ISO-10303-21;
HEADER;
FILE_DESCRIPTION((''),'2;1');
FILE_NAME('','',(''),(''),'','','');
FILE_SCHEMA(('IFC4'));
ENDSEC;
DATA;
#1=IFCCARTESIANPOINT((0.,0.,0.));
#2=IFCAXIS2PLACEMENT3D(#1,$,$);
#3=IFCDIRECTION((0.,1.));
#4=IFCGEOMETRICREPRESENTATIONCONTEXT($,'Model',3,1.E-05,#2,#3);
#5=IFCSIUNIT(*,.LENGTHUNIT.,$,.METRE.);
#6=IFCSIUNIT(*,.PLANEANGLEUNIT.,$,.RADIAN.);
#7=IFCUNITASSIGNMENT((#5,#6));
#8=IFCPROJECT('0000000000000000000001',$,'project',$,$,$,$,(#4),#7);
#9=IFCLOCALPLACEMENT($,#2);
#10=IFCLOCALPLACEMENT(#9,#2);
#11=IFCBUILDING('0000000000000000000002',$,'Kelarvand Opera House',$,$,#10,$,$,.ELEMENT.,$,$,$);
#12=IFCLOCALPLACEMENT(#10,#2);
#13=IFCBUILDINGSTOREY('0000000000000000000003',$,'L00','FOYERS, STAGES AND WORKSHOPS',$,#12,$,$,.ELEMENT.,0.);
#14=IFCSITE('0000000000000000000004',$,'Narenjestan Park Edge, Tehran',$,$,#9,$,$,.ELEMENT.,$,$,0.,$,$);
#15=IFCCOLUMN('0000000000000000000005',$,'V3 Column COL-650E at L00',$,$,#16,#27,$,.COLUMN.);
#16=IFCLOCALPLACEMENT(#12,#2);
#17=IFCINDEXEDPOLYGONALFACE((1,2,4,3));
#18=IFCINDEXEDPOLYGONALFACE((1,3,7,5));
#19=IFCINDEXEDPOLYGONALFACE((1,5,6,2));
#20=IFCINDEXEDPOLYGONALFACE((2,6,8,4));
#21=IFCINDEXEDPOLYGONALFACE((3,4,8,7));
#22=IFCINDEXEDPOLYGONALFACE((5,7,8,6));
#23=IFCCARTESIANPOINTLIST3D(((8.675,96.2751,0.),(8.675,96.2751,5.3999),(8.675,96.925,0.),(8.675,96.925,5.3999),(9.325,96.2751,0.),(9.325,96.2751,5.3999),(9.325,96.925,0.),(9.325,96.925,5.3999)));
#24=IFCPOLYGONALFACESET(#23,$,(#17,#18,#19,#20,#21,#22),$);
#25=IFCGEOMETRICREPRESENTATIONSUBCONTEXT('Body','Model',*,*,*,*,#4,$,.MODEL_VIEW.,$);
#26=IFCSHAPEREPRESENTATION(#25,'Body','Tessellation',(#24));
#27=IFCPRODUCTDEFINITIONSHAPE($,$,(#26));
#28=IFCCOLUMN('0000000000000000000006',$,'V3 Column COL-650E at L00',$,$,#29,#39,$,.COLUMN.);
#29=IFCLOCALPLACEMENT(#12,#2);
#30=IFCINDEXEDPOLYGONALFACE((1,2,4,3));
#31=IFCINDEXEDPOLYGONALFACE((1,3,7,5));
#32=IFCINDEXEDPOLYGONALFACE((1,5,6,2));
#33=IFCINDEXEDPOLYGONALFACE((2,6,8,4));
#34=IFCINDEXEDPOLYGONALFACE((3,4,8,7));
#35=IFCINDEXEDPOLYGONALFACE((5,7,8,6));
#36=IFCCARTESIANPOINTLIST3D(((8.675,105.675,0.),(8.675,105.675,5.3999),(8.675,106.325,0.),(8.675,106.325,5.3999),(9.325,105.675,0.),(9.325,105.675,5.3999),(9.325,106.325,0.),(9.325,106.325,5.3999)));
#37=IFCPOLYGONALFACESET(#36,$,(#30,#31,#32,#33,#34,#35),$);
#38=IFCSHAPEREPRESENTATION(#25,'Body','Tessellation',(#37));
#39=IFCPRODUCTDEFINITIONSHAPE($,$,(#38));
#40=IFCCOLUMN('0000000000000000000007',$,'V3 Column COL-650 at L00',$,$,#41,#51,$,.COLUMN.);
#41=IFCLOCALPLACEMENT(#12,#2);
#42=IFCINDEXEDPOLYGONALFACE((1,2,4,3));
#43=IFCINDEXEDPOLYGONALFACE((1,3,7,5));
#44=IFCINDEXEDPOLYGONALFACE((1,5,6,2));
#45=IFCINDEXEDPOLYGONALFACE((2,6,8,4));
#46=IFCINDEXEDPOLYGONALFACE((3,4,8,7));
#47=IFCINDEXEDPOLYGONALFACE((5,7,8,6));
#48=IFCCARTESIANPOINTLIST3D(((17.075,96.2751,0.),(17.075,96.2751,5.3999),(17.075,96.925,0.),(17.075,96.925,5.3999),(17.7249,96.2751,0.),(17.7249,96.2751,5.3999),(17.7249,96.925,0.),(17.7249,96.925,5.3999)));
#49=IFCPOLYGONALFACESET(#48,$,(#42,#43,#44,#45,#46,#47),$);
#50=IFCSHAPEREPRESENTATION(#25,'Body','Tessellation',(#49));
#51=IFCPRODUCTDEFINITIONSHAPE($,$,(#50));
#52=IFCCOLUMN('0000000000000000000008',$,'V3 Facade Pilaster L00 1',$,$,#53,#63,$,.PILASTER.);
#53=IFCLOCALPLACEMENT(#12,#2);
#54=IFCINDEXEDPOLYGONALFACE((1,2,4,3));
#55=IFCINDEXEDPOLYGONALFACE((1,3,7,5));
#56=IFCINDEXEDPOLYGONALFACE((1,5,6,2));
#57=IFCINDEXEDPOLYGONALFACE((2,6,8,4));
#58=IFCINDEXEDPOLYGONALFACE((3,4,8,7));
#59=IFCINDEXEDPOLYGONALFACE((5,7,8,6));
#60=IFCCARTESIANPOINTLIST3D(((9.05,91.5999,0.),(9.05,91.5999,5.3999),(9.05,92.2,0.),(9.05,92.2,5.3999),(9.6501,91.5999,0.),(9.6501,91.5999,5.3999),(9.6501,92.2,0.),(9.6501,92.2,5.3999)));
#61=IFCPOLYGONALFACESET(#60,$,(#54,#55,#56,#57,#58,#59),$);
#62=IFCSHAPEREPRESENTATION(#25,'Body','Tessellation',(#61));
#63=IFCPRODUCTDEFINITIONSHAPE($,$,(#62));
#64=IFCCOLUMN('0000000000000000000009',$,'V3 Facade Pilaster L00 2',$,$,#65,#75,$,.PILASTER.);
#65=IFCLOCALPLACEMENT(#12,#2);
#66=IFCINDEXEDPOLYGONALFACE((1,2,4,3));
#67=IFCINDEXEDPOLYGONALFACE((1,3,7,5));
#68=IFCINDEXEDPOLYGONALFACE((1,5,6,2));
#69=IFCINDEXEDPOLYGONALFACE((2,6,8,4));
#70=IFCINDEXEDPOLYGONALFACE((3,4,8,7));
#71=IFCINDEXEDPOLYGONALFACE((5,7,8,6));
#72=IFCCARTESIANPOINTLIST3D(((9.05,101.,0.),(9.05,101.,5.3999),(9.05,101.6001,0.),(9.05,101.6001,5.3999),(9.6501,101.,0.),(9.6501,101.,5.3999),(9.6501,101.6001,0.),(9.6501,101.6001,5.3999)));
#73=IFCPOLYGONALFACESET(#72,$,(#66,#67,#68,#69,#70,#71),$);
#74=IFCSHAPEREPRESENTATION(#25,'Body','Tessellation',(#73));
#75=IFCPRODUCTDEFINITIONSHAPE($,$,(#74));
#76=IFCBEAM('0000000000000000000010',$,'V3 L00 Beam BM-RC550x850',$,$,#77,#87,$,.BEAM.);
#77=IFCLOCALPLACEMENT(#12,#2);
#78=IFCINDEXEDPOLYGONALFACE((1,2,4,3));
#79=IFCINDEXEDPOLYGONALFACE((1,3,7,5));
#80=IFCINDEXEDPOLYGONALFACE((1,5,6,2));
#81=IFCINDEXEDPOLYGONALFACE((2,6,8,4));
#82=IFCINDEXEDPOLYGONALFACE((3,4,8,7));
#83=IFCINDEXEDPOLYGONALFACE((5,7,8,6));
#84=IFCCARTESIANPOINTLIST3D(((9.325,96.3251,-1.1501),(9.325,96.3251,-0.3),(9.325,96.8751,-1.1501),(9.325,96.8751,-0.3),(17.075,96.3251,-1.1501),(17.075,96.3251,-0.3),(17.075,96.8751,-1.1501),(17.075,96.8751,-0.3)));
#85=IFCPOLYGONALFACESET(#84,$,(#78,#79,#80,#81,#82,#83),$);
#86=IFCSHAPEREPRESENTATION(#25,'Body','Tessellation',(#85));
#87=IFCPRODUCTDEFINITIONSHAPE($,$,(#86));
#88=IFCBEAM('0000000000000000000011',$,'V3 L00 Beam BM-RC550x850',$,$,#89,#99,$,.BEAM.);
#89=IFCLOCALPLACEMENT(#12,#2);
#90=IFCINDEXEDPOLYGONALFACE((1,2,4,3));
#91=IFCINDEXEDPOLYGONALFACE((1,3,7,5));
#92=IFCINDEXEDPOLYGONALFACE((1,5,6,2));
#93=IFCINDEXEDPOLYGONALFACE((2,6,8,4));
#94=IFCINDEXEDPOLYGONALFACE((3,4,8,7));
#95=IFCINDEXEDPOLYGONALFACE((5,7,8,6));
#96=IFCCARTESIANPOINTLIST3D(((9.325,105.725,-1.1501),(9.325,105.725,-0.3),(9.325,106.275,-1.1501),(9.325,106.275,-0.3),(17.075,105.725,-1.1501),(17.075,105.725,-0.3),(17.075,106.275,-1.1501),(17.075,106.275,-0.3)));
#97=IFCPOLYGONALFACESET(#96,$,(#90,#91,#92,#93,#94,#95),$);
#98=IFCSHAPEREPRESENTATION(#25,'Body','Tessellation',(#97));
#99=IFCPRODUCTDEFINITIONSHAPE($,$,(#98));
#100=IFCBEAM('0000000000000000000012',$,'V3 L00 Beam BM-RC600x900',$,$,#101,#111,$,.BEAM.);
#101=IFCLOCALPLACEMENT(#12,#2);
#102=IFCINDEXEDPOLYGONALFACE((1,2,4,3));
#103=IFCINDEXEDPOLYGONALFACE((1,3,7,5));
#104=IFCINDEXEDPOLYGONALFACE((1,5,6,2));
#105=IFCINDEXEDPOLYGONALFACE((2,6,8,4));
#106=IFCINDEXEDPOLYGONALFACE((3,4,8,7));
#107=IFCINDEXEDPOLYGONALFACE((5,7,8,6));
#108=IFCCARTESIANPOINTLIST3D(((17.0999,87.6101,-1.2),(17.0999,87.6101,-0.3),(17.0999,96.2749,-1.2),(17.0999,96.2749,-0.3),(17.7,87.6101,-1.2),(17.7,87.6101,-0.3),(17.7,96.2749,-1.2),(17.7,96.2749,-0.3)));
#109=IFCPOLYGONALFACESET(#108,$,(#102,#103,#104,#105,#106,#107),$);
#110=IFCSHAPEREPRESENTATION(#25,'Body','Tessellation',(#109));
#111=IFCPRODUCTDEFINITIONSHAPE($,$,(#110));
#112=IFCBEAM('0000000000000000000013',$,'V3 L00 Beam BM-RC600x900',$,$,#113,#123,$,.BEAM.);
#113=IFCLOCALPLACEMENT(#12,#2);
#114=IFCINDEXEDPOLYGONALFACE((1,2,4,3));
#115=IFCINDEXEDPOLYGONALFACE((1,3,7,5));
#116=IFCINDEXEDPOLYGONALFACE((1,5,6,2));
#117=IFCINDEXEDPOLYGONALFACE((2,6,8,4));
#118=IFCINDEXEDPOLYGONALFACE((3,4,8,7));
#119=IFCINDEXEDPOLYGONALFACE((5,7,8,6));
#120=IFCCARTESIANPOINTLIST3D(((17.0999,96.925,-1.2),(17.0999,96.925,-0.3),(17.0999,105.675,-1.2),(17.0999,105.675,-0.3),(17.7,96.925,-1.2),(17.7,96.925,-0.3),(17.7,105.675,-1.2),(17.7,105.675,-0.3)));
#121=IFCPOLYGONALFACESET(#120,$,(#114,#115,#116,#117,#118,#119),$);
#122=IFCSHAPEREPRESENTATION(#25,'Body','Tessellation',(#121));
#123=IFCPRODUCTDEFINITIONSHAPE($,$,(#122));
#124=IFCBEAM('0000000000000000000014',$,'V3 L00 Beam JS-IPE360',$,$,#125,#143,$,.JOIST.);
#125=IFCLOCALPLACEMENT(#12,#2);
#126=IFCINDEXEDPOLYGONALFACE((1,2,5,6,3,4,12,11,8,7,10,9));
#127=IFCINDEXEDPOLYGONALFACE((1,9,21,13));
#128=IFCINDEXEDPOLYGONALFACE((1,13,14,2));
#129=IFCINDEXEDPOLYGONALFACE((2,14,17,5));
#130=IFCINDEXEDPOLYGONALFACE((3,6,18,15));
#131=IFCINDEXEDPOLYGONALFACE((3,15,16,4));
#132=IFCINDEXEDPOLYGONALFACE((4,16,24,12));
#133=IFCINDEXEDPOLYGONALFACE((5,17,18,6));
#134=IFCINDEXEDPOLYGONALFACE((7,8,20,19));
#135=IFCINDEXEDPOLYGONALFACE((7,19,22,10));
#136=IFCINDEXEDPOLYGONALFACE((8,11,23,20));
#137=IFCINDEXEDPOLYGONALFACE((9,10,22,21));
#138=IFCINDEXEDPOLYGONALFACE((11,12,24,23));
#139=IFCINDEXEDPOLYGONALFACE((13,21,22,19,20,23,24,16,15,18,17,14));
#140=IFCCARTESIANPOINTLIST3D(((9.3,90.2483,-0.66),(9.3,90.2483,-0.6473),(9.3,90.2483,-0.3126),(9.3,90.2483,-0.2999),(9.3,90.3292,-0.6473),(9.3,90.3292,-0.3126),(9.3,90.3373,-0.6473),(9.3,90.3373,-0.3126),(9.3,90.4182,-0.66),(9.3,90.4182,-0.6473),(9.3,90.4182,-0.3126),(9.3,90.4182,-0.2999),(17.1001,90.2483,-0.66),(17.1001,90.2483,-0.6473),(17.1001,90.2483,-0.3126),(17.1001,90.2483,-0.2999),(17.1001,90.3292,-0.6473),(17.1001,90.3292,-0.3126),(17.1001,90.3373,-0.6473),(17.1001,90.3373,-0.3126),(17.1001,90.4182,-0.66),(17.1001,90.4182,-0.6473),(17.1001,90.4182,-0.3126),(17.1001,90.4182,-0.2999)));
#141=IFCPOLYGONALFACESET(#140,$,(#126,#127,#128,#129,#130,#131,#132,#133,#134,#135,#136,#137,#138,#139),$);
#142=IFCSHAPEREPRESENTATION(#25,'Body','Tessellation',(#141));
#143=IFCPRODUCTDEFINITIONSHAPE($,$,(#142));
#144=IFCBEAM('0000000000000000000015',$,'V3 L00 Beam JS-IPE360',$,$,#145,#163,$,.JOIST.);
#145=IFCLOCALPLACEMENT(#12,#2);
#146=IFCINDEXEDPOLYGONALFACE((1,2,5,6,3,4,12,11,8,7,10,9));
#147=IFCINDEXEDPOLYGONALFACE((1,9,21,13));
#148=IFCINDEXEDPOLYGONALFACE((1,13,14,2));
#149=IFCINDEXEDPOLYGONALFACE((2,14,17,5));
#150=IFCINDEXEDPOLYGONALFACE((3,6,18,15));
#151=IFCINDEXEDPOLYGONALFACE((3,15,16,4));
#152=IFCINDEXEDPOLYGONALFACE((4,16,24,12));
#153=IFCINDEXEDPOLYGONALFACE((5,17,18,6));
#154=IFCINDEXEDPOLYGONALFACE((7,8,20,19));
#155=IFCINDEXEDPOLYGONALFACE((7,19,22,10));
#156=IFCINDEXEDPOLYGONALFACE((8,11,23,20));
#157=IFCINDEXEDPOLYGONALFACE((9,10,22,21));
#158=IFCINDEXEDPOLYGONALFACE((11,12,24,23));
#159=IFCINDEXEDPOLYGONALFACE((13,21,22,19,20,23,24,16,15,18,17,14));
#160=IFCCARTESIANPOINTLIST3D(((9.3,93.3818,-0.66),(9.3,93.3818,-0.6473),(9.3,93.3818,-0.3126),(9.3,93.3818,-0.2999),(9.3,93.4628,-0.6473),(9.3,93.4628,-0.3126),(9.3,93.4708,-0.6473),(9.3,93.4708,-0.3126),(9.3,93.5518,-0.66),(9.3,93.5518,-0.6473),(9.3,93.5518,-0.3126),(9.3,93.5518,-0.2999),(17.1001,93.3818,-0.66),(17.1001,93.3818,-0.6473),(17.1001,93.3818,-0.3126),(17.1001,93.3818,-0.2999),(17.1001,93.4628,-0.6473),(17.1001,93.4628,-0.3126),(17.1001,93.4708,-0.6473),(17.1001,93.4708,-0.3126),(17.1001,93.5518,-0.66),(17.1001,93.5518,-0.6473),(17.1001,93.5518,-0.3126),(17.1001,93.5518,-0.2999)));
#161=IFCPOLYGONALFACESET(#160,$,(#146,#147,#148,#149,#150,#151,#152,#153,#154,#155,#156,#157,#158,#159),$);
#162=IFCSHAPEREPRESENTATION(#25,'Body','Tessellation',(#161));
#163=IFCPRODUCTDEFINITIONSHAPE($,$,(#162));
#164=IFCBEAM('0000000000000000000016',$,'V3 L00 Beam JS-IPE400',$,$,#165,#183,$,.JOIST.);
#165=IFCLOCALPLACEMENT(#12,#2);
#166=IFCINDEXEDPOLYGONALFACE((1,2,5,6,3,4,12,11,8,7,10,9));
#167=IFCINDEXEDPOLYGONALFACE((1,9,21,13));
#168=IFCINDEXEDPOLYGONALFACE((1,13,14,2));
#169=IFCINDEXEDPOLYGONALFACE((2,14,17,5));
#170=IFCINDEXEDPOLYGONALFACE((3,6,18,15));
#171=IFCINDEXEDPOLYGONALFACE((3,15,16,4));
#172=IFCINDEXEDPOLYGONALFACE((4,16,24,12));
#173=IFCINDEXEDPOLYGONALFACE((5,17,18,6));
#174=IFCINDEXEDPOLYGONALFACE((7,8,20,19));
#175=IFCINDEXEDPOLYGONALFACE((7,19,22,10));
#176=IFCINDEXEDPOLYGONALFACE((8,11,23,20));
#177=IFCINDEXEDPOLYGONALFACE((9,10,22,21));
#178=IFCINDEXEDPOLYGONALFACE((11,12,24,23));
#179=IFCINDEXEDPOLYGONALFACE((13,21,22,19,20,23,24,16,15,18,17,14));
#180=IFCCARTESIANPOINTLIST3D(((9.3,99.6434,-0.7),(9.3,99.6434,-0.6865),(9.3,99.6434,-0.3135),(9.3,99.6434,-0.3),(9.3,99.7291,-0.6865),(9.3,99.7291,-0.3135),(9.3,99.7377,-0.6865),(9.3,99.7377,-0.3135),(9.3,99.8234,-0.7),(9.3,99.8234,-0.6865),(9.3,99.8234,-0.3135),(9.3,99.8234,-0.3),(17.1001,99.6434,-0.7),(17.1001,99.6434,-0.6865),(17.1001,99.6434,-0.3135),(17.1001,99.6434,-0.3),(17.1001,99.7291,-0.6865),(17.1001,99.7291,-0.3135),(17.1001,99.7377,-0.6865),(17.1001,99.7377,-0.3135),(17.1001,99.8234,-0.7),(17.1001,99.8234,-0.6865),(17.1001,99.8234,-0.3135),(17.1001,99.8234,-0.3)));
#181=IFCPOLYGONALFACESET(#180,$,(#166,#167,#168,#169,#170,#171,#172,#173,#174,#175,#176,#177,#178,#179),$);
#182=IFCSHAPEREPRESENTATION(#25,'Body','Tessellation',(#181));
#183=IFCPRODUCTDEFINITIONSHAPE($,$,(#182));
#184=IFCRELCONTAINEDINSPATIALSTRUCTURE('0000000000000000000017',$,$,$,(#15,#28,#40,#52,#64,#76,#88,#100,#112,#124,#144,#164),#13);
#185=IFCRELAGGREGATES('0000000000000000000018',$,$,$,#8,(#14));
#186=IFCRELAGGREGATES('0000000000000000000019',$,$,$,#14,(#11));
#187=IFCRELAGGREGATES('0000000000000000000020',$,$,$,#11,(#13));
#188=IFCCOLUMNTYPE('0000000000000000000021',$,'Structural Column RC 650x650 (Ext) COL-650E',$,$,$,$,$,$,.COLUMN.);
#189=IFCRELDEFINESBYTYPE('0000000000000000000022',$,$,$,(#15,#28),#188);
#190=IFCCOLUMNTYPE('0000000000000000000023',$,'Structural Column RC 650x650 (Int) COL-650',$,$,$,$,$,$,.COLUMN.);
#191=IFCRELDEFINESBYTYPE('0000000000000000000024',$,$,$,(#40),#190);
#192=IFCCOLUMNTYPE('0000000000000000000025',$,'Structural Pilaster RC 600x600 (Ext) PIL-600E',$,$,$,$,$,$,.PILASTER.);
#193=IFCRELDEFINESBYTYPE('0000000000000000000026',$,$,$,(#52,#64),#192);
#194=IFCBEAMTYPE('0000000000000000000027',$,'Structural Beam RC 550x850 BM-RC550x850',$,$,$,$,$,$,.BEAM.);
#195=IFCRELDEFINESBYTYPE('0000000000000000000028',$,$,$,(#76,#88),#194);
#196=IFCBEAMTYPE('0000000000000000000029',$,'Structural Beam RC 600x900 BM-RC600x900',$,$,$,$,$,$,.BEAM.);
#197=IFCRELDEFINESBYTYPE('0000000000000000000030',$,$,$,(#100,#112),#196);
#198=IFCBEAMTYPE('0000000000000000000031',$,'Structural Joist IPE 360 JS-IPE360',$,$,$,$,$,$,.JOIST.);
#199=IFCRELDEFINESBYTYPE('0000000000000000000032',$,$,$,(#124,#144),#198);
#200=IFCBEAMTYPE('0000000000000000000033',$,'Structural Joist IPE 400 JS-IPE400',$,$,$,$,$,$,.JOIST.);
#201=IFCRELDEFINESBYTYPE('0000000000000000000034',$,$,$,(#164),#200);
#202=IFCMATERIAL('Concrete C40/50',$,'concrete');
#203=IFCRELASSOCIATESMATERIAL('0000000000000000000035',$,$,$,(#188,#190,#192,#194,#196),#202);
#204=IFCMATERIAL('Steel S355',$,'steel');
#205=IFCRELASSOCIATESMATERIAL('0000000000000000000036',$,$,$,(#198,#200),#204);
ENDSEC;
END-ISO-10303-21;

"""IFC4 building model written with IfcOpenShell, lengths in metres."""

from ifc_helpers import new_model, si_unit, direction, frame, origin, origin_2d, place, context, subcontext, project, spatial, rectangle, i_section, extrude, material, material_profile, profile_set, type_object, element, save


model = new_model("IFC4")

# Units and contexts
model_context = context("Model", 3, precision=1e-05, world=origin(), true_north=direction((0.0, 1.0)))
body_context = subcontext(model_context, "Body", "Model", "MODEL_VIEW")
ifc_project = project(units=[si_unit("LENGTHUNIT", "METRE"), si_unit("PLANEANGLEUNIT", "RADIAN")], contexts=[model_context])

# Site, building, storey
site_placement = place(None, origin())
site = spatial("IfcSite", under=ifc_project, at=site_placement, Name="Narenjestan Park Edge, Tehran", CompositionType="ELEMENT", RefElevation=0.0)
building_placement = place(site_placement, origin())
building = spatial("IfcBuilding", under=site, at=building_placement, Name="Kelarvand Opera House", CompositionType="ELEMENT")
storey_placement = place(building_placement, origin())
storey = spatial("IfcBuildingStorey", under=building, at=storey_placement, Name="L00", Description="FOYERS, STAGES AND WORKSHOPS", CompositionType="ELEMENT", Elevation=0.0)

# Columns
ifc_material_1 = material(Name="Concrete C40/50", Category="concrete")
ifc_material_profile_1 = material_profile(ifc_material_1, rectangle(XDim=0.6499, YDim=0.6499, at=origin_2d()), Name="RC 650x650", Category="concrete")
ifc_profile_set_1 = profile_set([ifc_material_profile_1], Name="Concrete C40/50")
column_type_1 = type_object("IfcColumnType", Name="Structural Column RC 650x650 (Ext) COL-650E", PredefinedType="COLUMN", material=ifc_profile_set_1)
for number, where, z_axis, x_axis, name in (
    (1, (9.0, 96.6001, 0.0), (0.0, 0.0, 1.0), (1.0, 0.0, 0.0), "V3 Column COL-650E at L00"),
    (2, (9.0, 106.0, 0.0), (0.0, 0.0, 1.0), (1.0, 0.0, 0.0), "V3 Column COL-650E at L00"),
):
    element("IfcColumn", number, at=place(storey_placement, frame(where, z_axis=z_axis, x_axis=x_axis)), inside=storey, type_object=column_type_1, Name=name, PredefinedType="COLUMN", context=body_context, shape_type="SweptSolid", body=[
        extrude(rectangle(XDim=0.6499, YDim=0.6499, at=origin_2d()), origin(), (0.0, 0.0, 1.0), 5.3999),
    ])
ifc_material_profile_2 = material_profile(ifc_material_1, rectangle(XDim=0.6499, YDim=0.6499, at=origin_2d()), Name="RC 650x650", Category="concrete")
ifc_profile_set_2 = profile_set([ifc_material_profile_2], Name="Concrete C40/50")
column_type_2 = type_object("IfcColumnType", Name="Structural Column RC 650x650 (Int) COL-650", PredefinedType="COLUMN", material=ifc_profile_set_2)
column_placement = place(storey_placement, frame((17.3999, 96.6001, 0.0), z_axis=(0.0, 0.0, 1.0), x_axis=(1.0, 0.0, 0.0)))
element("IfcColumn", 3, at=column_placement, inside=storey, type_object=column_type_2, Name="V3 Column COL-650 at L00", PredefinedType="COLUMN", context=body_context, shape_type="SweptSolid", body=[
    extrude(rectangle(XDim=0.6499, YDim=0.6499, at=origin_2d()), origin(), (0.0, 0.0, 1.0), 5.3999),
])
ifc_material_profile_3 = material_profile(ifc_material_1, rectangle(XDim=0.6001, YDim=0.6001, at=origin_2d()), Name="RC 600x600", Category="concrete")
ifc_profile_set_3 = profile_set([ifc_material_profile_3], Name="Concrete C40/50")
column_type_3 = type_object("IfcColumnType", Name="Structural Pilaster RC 600x600 (Ext) PIL-600E", PredefinedType="PILASTER", material=ifc_profile_set_3)
for number, where, z_axis, x_axis, name in (
    (4, (9.3501, 91.8999, 0.0), (0.0, 0.0, 1.0), (1.0, 0.0, 0.0), "V3 Facade Pilaster L00 1"),
    (5, (9.3501, 101.3, 0.0), (0.0, 0.0, 1.0), (1.0, 0.0, 0.0), "V3 Facade Pilaster L00 2"),
):
    element("IfcColumn", number, at=place(storey_placement, frame(where, z_axis=z_axis, x_axis=x_axis)), inside=storey, type_object=column_type_3, Name=name, PredefinedType="PILASTER", context=body_context, shape_type="SweptSolid", body=[
        extrude(rectangle(XDim=0.6001, YDim=0.6001, at=origin_2d()), origin(), (0.0, 0.0, 1.0), 5.3999),
    ])

# Beams
ifc_material_profile_4 = material_profile(ifc_material_1, rectangle(XDim=0.55, YDim=0.8501, at=origin_2d()), Name="RC 550x850", Category="concrete")
ifc_profile_set_4 = profile_set([ifc_material_profile_4], Name="Concrete C40/50")
beam_type_1 = type_object("IfcBeamType", Name="Structural Beam RC 550x850 BM-RC550x850", PredefinedType="BEAM", material=ifc_profile_set_4)
for number, where, z_axis, x_axis, name in (
    (6, (9.325, 96.6001, -0.7251), (1.0, 0.0, 0.0), (0.0, 1.0, 0.0), "V3 L00 Beam BM-RC550x850"),
    (7, (9.325, 106.0, -0.7251), (1.0, 0.0, 0.0), (0.0, 1.0, 0.0), "V3 L00 Beam BM-RC550x850"),
):
    element("IfcBeam", number, at=place(storey_placement, frame(where, z_axis=z_axis, x_axis=x_axis)), inside=storey, type_object=beam_type_1, Name=name, PredefinedType="BEAM", context=body_context, shape_type="SweptSolid", body=[
        extrude(rectangle(XDim=0.55, YDim=0.8501, at=origin_2d()), origin(), (0.0, 0.0, 1.0), 7.75),
    ])
ifc_material_profile_5 = material_profile(ifc_material_1, rectangle(XDim=0.6001, YDim=0.8999, at=origin_2d()), Name="RC 600x900", Category="concrete")
ifc_profile_set_5 = profile_set([ifc_material_profile_5], Name="Concrete C40/50")
beam_type_2 = type_object("IfcBeamType", Name="Structural Beam RC 600x900 BM-RC600x900", PredefinedType="BEAM", material=ifc_profile_set_5)
beam_1_placement = place(storey_placement, frame((17.3999, 87.6101, -0.75), z_axis=(0.0, 1.0, 0.0), x_axis=(-1.0, 0.0, 0.0)))
element("IfcBeam", 8, at=beam_1_placement, inside=storey, type_object=beam_type_2, Name="V3 L00 Beam BM-RC600x900", PredefinedType="BEAM", context=body_context, shape_type="SweptSolid", body=[
    extrude(rectangle(XDim=0.6001, YDim=0.8999, at=origin_2d()), origin(), (0.0, 0.0, 1.0), 8.6648),
])
beam_2_placement = place(storey_placement, frame((17.3999, 96.925, -0.75), z_axis=(0.0, 1.0, 0.0), x_axis=(-1.0, 0.0, 0.0)))
element("IfcBeam", 9, at=beam_2_placement, inside=storey, type_object=beam_type_2, Name="V3 L00 Beam BM-RC600x900", PredefinedType="BEAM", context=body_context, shape_type="SweptSolid", body=[
    extrude(rectangle(XDim=0.6001, YDim=0.8999, at=origin_2d()), origin(), (0.0, 0.0, 1.0), 8.75),
])
ifc_material_2 = material(Name="Steel S355", Category="steel")
ifc_material_profile_6 = material_profile(ifc_material_2, i_section(OverallWidth=0.1699, OverallDepth=0.3601, WebThickness=0.0081, FlangeThickness=0.0127, at=origin_2d()), Name="IPE 360", Category="steel")
ifc_profile_set_6 = profile_set([ifc_material_profile_6], Name="Steel S355")
beam_type_3 = type_object("IfcBeamType", Name="Structural Joist IPE 360 JS-IPE360", PredefinedType="JOIST", material=ifc_profile_set_6)
for number, where, z_axis, x_axis, name in (
    (10, (9.3, 90.3333, -0.48), (1.0, 0.0, 0.0), (0.0, 1.0, 0.0), "V3 L00 Beam JS-IPE360"),
    (11, (9.3, 93.4668, -0.48), (1.0, 0.0, 0.0), (0.0, 1.0, 0.0), "V3 L00 Beam JS-IPE360"),
):
    element("IfcBeam", number, at=place(storey_placement, frame(where, z_axis=z_axis, x_axis=x_axis)), inside=storey, type_object=beam_type_3, Name=name, PredefinedType="JOIST", context=body_context, shape_type="SweptSolid", body=[
        extrude(i_section(OverallWidth=0.1699, OverallDepth=0.3601, WebThickness=0.0081, FlangeThickness=0.0127, at=origin_2d()), origin(), (0.0, 0.0, 1.0), 7.8),
    ])
ifc_material_profile_7 = material_profile(ifc_material_2, i_section(OverallWidth=0.1799, OverallDepth=0.3999, WebThickness=0.0085, FlangeThickness=0.0134, at=origin_2d()), Name="IPE 400", Category="steel")
ifc_profile_set_7 = profile_set([ifc_material_profile_7], Name="Steel S355")
beam_type_4 = type_object("IfcBeamType", Name="Structural Joist IPE 400 JS-IPE400", PredefinedType="JOIST", material=ifc_profile_set_7)
for number, where, z_axis, x_axis, name in (
    (12, (9.3, 99.7334, -0.5), (1.0, 0.0, 0.0), (0.0, 1.0, 0.0), "V3 L00 Beam JS-IPE400"),
):
    element("IfcBeam", number, at=place(storey_placement, frame(where, z_axis=z_axis, x_axis=x_axis)), inside=storey, type_object=beam_type_4, Name=name, PredefinedType="JOIST", context=body_context, shape_type="SweptSolid", body=[
        extrude(i_section(OverallWidth=0.1799, OverallDepth=0.3999, WebThickness=0.0085, FlangeThickness=0.0134, at=origin_2d()), origin(), (0.0, 0.0, 1.0), 7.8),
    ])

save(model, "model.ifc")
